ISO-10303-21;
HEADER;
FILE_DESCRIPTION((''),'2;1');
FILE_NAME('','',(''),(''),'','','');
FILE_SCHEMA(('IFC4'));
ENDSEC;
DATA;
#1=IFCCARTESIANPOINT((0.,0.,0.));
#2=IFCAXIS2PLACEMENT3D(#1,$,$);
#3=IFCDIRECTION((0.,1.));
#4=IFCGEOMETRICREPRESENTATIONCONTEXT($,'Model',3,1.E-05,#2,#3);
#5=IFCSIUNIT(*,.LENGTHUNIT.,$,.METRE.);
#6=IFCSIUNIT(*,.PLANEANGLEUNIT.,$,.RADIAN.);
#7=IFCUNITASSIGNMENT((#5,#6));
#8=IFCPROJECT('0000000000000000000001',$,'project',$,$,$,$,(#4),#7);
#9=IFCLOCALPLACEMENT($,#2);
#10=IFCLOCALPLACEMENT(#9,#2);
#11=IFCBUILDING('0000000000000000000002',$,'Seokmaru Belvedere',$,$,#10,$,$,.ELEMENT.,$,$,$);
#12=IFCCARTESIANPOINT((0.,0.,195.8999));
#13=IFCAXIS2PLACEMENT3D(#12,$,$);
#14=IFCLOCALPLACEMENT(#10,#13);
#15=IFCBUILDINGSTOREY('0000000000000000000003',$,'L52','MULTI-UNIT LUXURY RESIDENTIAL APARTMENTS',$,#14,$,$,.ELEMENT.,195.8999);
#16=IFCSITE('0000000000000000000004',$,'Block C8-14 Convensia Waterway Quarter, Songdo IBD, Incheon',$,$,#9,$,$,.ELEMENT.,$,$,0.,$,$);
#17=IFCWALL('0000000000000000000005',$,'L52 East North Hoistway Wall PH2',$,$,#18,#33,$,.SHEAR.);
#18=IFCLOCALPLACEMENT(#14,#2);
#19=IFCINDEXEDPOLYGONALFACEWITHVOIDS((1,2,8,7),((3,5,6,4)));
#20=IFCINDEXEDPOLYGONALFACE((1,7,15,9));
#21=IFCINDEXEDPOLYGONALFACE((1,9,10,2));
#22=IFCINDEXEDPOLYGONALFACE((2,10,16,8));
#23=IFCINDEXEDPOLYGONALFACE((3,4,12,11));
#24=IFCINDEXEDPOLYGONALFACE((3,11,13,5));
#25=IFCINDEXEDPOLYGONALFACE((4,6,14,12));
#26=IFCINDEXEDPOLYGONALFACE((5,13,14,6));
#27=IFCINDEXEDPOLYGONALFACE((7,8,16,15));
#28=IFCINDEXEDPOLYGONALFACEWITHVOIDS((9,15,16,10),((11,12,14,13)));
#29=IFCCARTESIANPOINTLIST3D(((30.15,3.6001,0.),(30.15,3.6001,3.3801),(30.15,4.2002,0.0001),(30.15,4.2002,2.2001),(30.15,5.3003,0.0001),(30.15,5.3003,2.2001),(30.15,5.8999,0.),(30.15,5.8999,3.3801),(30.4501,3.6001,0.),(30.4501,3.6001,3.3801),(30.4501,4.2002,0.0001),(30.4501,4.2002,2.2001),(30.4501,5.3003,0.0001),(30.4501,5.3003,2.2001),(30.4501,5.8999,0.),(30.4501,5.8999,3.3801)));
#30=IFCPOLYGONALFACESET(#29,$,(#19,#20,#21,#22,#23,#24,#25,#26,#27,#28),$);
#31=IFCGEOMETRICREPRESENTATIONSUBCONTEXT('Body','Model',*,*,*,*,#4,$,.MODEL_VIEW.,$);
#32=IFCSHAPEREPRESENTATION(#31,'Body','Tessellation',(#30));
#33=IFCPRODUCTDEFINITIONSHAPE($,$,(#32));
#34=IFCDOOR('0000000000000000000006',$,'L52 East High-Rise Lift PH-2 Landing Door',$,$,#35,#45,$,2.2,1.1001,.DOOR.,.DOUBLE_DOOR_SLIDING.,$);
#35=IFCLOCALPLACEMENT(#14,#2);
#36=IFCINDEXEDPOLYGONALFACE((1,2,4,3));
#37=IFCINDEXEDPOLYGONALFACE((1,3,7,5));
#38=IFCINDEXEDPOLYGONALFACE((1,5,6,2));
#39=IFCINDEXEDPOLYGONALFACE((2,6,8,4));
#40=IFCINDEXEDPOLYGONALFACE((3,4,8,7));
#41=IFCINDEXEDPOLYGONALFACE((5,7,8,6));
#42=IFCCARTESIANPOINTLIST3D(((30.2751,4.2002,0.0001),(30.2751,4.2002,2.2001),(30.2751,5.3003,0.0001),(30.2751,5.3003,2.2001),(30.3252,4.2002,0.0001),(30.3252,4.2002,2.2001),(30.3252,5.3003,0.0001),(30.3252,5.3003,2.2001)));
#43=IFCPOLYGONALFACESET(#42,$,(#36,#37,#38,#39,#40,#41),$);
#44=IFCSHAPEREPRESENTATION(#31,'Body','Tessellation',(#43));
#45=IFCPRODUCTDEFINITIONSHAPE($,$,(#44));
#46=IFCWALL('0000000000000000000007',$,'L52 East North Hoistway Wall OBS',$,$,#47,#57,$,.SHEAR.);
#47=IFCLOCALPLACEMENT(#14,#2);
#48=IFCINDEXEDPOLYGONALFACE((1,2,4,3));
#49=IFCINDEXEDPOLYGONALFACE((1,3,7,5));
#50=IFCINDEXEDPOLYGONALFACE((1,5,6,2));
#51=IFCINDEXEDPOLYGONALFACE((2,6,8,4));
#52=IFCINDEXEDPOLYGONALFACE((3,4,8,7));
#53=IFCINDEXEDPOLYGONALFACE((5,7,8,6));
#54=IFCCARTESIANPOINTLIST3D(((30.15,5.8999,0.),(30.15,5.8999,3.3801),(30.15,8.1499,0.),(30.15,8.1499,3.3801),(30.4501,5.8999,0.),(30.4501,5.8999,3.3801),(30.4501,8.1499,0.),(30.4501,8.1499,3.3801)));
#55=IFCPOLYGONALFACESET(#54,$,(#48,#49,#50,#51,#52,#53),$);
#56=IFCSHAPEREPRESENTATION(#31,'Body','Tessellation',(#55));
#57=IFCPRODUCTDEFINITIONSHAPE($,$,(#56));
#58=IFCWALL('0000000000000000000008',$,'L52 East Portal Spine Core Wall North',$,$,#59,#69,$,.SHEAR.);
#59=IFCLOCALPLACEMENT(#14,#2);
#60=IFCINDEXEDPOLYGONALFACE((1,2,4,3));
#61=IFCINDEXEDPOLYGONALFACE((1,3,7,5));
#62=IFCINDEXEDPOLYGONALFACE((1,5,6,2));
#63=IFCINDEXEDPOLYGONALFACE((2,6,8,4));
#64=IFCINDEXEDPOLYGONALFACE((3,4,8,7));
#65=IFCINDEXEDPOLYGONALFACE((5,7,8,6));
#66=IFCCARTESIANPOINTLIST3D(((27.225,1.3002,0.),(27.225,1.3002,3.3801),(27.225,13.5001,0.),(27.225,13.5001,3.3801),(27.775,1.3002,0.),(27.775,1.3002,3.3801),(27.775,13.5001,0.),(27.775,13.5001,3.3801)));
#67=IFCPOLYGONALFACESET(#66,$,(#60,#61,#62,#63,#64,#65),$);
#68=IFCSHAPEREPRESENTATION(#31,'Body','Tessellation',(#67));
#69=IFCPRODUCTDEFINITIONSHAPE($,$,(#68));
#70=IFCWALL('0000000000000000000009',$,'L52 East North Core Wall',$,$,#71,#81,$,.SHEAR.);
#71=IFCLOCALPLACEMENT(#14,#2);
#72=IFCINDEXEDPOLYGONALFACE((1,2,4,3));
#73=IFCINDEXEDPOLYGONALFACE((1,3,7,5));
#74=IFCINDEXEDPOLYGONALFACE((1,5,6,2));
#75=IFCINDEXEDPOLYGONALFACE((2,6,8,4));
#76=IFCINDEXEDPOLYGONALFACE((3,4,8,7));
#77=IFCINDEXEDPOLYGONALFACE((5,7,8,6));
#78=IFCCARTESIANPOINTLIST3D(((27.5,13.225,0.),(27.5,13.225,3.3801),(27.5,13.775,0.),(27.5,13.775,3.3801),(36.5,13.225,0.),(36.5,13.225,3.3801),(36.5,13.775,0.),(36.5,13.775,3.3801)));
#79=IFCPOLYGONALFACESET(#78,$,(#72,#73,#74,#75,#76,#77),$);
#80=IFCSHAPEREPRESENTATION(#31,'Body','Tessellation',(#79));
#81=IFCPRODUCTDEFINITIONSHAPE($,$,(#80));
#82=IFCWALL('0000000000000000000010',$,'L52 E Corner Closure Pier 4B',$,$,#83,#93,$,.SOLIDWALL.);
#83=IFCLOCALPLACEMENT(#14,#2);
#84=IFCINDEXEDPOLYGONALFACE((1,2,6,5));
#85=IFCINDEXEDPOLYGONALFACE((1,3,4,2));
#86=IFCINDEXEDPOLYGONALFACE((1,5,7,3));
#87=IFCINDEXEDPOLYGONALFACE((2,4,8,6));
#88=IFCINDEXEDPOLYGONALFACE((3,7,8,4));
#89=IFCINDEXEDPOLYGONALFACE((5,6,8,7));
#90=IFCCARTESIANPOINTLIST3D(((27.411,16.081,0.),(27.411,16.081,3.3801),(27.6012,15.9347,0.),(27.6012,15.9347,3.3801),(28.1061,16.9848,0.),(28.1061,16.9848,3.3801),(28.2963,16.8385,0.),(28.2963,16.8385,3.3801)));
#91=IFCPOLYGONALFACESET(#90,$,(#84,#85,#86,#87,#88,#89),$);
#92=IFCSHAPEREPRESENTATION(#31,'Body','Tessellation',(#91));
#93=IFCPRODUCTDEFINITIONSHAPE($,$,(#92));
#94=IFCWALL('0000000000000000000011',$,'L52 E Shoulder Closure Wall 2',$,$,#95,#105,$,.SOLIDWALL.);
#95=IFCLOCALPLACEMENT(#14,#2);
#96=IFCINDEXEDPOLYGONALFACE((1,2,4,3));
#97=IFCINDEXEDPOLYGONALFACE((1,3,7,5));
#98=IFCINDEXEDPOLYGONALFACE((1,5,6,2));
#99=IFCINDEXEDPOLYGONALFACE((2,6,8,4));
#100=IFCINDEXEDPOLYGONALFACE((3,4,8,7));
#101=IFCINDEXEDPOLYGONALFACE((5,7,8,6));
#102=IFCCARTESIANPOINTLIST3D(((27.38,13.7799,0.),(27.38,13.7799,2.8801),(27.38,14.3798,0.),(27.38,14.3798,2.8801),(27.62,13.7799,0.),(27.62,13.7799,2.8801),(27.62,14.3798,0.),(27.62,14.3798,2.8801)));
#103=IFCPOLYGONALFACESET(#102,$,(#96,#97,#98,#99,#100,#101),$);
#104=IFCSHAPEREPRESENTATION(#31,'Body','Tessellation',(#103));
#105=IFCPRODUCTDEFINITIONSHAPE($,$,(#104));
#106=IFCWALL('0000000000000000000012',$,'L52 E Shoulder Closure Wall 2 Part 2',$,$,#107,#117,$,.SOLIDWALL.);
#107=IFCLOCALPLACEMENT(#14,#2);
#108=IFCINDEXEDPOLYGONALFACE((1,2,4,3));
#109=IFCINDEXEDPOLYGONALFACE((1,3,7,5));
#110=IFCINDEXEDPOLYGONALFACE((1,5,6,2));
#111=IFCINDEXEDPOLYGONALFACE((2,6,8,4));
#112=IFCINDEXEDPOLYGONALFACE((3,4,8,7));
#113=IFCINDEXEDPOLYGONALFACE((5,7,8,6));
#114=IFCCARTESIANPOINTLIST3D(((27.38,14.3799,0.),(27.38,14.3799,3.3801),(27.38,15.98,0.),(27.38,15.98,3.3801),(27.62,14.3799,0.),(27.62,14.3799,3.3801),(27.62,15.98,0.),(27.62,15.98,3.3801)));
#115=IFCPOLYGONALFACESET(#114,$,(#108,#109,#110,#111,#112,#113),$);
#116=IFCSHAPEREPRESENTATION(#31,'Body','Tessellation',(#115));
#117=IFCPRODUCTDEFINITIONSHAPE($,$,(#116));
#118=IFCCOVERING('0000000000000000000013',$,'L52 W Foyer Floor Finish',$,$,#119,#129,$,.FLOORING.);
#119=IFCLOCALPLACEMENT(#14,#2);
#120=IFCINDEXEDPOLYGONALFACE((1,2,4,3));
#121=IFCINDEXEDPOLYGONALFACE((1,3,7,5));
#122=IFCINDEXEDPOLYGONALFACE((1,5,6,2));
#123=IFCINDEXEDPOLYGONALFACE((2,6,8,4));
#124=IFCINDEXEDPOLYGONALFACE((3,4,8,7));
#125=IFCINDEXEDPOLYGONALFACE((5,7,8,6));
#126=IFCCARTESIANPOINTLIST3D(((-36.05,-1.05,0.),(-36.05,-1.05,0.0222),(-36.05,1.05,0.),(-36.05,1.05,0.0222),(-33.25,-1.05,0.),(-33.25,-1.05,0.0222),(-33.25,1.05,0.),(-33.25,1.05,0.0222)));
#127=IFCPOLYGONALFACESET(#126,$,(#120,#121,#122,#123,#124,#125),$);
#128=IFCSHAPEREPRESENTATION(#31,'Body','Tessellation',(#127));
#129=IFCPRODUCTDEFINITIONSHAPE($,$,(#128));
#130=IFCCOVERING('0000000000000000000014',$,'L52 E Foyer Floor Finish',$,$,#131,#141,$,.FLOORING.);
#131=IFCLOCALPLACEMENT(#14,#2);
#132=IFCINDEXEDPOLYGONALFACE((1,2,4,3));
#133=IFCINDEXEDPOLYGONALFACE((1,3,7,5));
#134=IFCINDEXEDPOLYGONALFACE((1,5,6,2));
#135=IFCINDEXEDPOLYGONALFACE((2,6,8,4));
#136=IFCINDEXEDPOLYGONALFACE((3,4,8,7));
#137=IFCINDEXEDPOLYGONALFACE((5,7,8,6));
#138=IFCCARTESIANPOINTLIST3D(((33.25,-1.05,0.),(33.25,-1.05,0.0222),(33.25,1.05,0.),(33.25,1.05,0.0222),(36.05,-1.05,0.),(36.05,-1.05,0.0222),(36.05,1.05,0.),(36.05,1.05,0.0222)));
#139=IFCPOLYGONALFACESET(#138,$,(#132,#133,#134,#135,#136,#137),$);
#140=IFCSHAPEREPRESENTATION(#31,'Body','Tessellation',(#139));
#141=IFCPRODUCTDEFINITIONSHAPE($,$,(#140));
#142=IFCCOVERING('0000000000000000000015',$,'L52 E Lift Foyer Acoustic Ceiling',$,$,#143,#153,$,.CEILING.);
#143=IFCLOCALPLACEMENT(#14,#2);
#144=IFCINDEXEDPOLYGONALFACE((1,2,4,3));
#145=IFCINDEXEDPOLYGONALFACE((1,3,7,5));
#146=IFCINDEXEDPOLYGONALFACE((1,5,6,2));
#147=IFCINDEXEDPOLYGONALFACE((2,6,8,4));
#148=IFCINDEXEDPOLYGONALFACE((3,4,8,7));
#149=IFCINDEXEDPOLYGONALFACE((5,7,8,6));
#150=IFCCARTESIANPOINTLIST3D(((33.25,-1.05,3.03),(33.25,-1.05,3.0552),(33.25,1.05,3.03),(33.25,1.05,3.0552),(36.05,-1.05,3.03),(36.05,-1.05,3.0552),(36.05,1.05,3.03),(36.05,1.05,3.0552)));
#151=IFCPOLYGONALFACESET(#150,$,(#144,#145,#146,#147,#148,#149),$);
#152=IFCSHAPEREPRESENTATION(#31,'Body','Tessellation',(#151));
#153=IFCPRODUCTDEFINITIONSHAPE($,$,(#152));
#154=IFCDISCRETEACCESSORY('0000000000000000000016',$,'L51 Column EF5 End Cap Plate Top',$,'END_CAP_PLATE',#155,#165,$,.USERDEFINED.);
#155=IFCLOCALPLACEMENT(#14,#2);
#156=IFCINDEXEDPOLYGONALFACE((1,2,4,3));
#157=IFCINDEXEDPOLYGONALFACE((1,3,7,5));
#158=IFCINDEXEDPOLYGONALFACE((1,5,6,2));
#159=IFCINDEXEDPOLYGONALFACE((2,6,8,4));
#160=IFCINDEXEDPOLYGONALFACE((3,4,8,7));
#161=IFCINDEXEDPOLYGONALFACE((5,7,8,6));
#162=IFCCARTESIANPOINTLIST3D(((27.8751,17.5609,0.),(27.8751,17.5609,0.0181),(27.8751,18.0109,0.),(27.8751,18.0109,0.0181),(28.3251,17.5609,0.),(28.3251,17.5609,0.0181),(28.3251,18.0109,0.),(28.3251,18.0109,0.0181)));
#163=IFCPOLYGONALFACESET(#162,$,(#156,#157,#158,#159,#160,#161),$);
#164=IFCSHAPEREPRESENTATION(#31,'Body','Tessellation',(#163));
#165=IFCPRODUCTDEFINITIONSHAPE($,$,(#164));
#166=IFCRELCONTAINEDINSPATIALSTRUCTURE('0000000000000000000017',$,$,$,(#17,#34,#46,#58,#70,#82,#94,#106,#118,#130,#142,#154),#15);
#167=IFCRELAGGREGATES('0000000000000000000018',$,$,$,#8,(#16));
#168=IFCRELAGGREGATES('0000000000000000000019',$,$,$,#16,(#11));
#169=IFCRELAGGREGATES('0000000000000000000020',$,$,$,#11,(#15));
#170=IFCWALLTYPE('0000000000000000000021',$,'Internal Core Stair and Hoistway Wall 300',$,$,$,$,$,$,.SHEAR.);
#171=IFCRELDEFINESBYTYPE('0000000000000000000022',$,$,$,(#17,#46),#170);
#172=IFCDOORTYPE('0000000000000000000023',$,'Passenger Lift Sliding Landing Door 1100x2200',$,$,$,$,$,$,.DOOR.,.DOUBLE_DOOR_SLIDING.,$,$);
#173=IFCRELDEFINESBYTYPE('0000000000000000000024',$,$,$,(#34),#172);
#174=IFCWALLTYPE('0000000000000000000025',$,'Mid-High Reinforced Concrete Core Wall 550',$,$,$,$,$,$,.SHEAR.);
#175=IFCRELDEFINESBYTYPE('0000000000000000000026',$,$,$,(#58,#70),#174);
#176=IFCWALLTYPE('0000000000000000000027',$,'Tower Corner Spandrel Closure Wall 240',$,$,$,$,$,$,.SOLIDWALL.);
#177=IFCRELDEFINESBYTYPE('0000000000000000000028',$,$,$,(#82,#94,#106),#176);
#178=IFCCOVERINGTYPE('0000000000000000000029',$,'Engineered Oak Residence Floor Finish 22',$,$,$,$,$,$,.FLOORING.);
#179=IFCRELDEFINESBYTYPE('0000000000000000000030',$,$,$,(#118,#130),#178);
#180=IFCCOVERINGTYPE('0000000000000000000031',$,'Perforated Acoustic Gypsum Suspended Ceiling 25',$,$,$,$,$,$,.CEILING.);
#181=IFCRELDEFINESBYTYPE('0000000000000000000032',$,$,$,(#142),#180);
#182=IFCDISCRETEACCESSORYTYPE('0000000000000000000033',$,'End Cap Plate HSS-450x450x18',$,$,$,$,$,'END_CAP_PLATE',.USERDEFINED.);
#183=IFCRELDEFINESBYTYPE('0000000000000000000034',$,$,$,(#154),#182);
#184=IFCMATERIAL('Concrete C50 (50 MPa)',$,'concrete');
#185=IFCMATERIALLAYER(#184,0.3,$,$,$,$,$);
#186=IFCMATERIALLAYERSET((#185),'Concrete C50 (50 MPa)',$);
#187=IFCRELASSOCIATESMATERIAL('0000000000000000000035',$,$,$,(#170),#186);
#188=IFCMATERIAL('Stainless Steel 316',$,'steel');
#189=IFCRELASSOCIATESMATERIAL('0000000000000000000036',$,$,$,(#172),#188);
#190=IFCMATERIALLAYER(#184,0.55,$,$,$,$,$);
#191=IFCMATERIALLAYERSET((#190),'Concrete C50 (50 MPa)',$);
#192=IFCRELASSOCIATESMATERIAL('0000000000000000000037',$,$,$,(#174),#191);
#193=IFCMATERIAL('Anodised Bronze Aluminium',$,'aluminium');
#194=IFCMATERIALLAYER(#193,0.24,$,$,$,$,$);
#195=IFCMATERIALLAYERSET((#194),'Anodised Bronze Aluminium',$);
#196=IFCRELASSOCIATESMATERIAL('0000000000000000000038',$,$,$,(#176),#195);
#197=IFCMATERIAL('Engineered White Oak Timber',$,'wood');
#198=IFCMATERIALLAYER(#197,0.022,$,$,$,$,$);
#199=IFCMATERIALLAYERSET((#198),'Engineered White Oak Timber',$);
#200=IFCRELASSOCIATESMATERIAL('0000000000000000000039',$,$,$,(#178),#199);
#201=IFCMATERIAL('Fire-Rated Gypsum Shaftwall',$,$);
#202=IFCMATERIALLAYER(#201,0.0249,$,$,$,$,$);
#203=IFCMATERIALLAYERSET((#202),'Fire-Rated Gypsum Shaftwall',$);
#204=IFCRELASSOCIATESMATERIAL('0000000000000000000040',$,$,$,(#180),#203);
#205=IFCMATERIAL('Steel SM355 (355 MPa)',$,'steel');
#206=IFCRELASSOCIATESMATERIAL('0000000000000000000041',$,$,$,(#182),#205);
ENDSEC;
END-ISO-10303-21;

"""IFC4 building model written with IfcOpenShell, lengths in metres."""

from ifc_helpers import new_model, si_unit, direction, frame, frame_2d, origin, origin_2d, place, context, subcontext, project, spatial, polyline, rectangle, outline, extrude, source, transform, mapped, material, layer, layer_set, type_object, type_shapes, element, fill, save


model = new_model("IFC4")

# Units and contexts
model_context = context("Model", 3, precision=1e-05, world=origin(), true_north=direction((0.0, 1.0)))
body_context = subcontext(model_context, "Body", "Model", "MODEL_VIEW")
ifc_project = project(units=[si_unit("LENGTHUNIT", "METRE"), si_unit("PLANEANGLEUNIT", "RADIAN")], contexts=[model_context])

# Site, building, storey
site_placement = place(None, origin())
site = spatial("IfcSite", under=ifc_project, at=site_placement, Name="Block C8-14 Convensia Waterway Quarter, Songdo IBD, Incheon", CompositionType="ELEMENT", RefElevation=0.0)
building_placement = place(site_placement, origin())
building = spatial("IfcBuilding", under=site, at=building_placement, Name="Seokmaru Belvedere", CompositionType="ELEMENT")
storey_placement = place(building_placement, frame((0.0, 0.0, 195.8999)))
storey = spatial("IfcBuildingStorey", under=building, at=storey_placement, Name="L52", Description="MULTI-UNIT LUXURY RESIDENTIAL APARTMENTS", CompositionType="ELEMENT", Elevation=195.8999)

# Shared definitions
ifc_material_1 = material(Name="Steel SM355 (355 MPa)", Category="steel")

# Shared definitions
ifc_material_2 = material(Name="Anodised Bronze Aluminium", Category="aluminium")

# Shared definitions
ifc_material_3 = material(Name="Concrete C50 (50 MPa)", Category="concrete")
ifc_material_4 = material(Name="Fire-Rated Gypsum Shaftwall")

# Wall, opening, door
ifc_layer_1 = layer(ifc_material_3, 0.3)
ifc_layer_set_1 = layer_set([ifc_layer_1], Name="Concrete C50 (50 MPa)")
wall_type_1 = type_object("IfcWallType", Name="Internal Core Stair and Hoistway Wall 300", PredefinedType="SHEAR", material=ifc_layer_set_1)
ifc_material_5 = material(Name="Stainless Steel 316", Category="steel")
door_type_1 = type_object("IfcDoorType", Name="Passenger Lift Sliding Landing Door 1100x2200", OperationType="DOUBLE_DOOR_SLIDING", PredefinedType="DOOR", material=ifc_material_5)
shared_shape_1 = source(origin(), body_context, "Body", "SweptSolid", [
    extrude(rectangle(XDim=1.1001, YDim=2.2, at=frame_2d((0.55, 1.1001))), frame((0.0, 0.0249, 0.0), z_axis=(0.0, -1.0, 0.0), x_axis=(1.0, 0.0, 0.0)), (0.0, 0.0, 1.0), 0.05),
])
type_shapes(door_type_1, [shared_shape_1])
wall_1_placement = place(storey_placement, frame((30.3, 3.6001, 0.0), z_axis=(0.0, 0.0, 1.0), x_axis=(0.0, 1.0, 0.0)))
wall_1 = element("IfcWall", 1, at=wall_1_placement, inside=storey, type_object=wall_type_1, Name="L52 East North Hoistway Wall PH2", PredefinedType="SHEAR", context=body_context, shape_type="SweptSolid", body=[
    extrude(rectangle(XDim=2.2998, YDim=0.3, at=frame_2d((1.1499, 0.0))), origin(), (0.0, 0.0, 1.0), 3.3801),
])
opening_1_placement = place(wall_1_placement, frame((0.6001, 0.0, 0.0)))
opening_1 = element("IfcOpeningElement", 2, at=opening_1_placement, cuts=wall_1, PredefinedType="OPENING", context=body_context, shape_type="SweptSolid", body=[
    extrude(rectangle(XDim=1.1001, YDim=2.2, at=frame_2d((0.55, 1.1001))), frame((0.0, 0.1602, 0.0), z_axis=(0.0, -1.0, 0.0), x_axis=(1.0, 0.0, 0.0)), (0.0, 0.0, 1.0), 0.3201),
])
door_1_placement = place(opening_1_placement, origin())
door_1 = element("IfcDoor", 3, at=door_1_placement, inside=storey, type_object=door_type_1, Name="L52 East High-Rise Lift PH-2 Landing Door", OperationType="DOUBLE_DOOR_SLIDING", OverallHeight=2.2, OverallWidth=1.1001, PredefinedType="DOOR", context=body_context, shape_type="MappedRepresentation", body=[
    mapped(shared_shape_1, transform((0.0, 0.0, 0.0), scale=1.0)),
])
fill(opening_1, door_1)

# Wall
wall_2_placement = place(storey_placement, frame((30.3, 5.8999, 0.0), z_axis=(0.0, 0.0, 1.0), x_axis=(0.0, 1.0, 0.0)))
element("IfcWall", 4, at=wall_2_placement, inside=storey, type_object=wall_type_1, Name="L52 East North Hoistway Wall OBS", PredefinedType="SHEAR", context=body_context, shape_type="SweptSolid", body=[
    extrude(rectangle(XDim=2.25, YDim=0.3, at=frame_2d((1.125, 0.0))), origin(), (0.0, 0.0, 1.0), 3.3801),
])

# Walls
ifc_layer_2 = layer(ifc_material_3, 0.55)
ifc_layer_set_2 = layer_set([ifc_layer_2], Name="Concrete C50 (50 MPa)")
wall_type_2 = type_object("IfcWallType", Name="Mid-High Reinforced Concrete Core Wall 550", PredefinedType="SHEAR", material=ifc_layer_set_2)
wall_3_placement = place(storey_placement, frame((27.5, 1.3, 0.0), z_axis=(0.0, 0.0, 1.0), x_axis=(0.0, 1.0, 0.0)))
element("IfcWall", 5, at=wall_3_placement, inside=storey, type_object=wall_type_2, Name="L52 East Portal Spine Core Wall North", PredefinedType="SHEAR", context=body_context, shape_type="SweptSolid", body=[
    extrude(rectangle(XDim=12.2, YDim=0.55, at=frame_2d((6.1001, 0.0))), origin(), (0.0, 0.0, 1.0), 3.3801),
])
wall_4_placement = place(storey_placement, frame((27.5, 13.5, 0.0), z_axis=(0.0, 0.0, 1.0), x_axis=(1.0, 0.0, 0.0)))
element("IfcWall", 6, at=wall_4_placement, inside=storey, type_object=wall_type_2, Name="L52 East North Core Wall", PredefinedType="SHEAR", context=body_context, shape_type="SweptSolid", body=[
    extrude(rectangle(XDim=9.0, YDim=0.55, at=frame_2d((4.5, 0.0))), origin(), (0.0, 0.0, 1.0), 3.3801),
])
ifc_layer_3 = layer(ifc_material_2, 0.24)
ifc_layer_set_3 = layer_set([ifc_layer_3], Name="Anodised Bronze Aluminium")
wall_type_3 = type_object("IfcWallType", Name="Tower Corner Spandrel Closure Wall 240", PredefinedType="SOLIDWALL", material=ifc_layer_set_3)
wall_5_placement = place(storey_placement, frame((28.2012, 16.9116, 0.0), z_axis=(0.0, 0.0, 1.0), x_axis=(-0.609618, -0.792696, 0.0)))
element("IfcWall", 7, at=wall_5_placement, inside=storey, type_object=wall_type_3, Name="L52 E Corner Closure Pier 4B", PredefinedType="SOLIDWALL", context=body_context, shape_type="SweptSolid", body=[
    extrude(rectangle(XDim=1.1401, YDim=0.24, at=frame_2d((0.5701, 0.0))), origin(), (0.0, 0.0, 1.0), 3.3801),
])
wall_6_placement = place(storey_placement, frame((27.5, 13.78, 0.0), z_axis=(0.0, 0.0, 1.0), x_axis=(0.0, 1.0, 0.0)))
element("IfcWall", 8, at=wall_6_placement, inside=storey, type_object=wall_type_3, Name="L52 E Shoulder Closure Wall 2", PredefinedType="SOLIDWALL", context=body_context, shape_type="SweptSolid", body=[
    extrude(rectangle(XDim=0.5999, YDim=0.24, at=frame_2d((0.2998, 0.0))), origin(), (0.0, 0.0, 1.0), 2.8801),
])
wall_7_placement = place(storey_placement, frame((27.5, 14.3799, 0.0), z_axis=(0.0, 0.0, 1.0), x_axis=(0.0, 1.0, 0.0)))
element("IfcWall", 9, at=wall_7_placement, inside=storey, type_object=wall_type_3, Name="L52 E Shoulder Closure Wall 2 Part 2", PredefinedType="SOLIDWALL", context=body_context, shape_type="SweptSolid", body=[
    extrude(rectangle(XDim=1.6001, YDim=0.24, at=frame_2d((0.8, 0.0))), origin(), (0.0, 0.0, 1.0), 3.3801),
])

# Coverings
ifc_material_6 = material(Name="Engineered White Oak Timber", Category="wood")
ifc_layer_4 = layer(ifc_material_6, 0.022)
ifc_layer_set_4 = layer_set([ifc_layer_4], Name="Engineered White Oak Timber")
covering_type_1 = type_object("IfcCoveringType", Name="Engineered Oak Residence Floor Finish 22", PredefinedType="FLOORING", material=ifc_layer_set_4)
covering_1_placement = place(storey_placement, origin())
element("IfcCovering", 10, at=covering_1_placement, inside=storey, type_object=covering_type_1, Name="L52 W Foyer Floor Finish", PredefinedType="FLOORING", context=body_context, shape_type="SweptSolid", body=[
    extrude(outline(polyline([(-36.05, -1.05), (-33.25, -1.05), (-33.25, 1.05), (-36.05, 1.05), (-36.05, -1.05)])), origin(), (0.0, 0.0, 1.0), 0.0222),
])
covering_2_placement = place(storey_placement, origin())
element("IfcCovering", 11, at=covering_2_placement, inside=storey, type_object=covering_type_1, Name="L52 E Foyer Floor Finish", PredefinedType="FLOORING", context=body_context, shape_type="SweptSolid", body=[
    extrude(outline(polyline([(33.25, -1.05), (36.05, -1.05), (36.05, 1.05), (33.25, 1.05), (33.25, -1.05)])), origin(), (0.0, 0.0, 1.0), 0.0222),
])
ifc_layer_5 = layer(ifc_material_4, 0.0249)
ifc_layer_set_5 = layer_set([ifc_layer_5], Name="Fire-Rated Gypsum Shaftwall")
covering_type_2 = type_object("IfcCoveringType", Name="Perforated Acoustic Gypsum Suspended Ceiling 25", PredefinedType="CEILING", material=ifc_layer_set_5)
covering_3_placement = place(storey_placement, frame((0.0, 0.0, 3.03)))
element("IfcCovering", 12, at=covering_3_placement, inside=storey, type_object=covering_type_2, Name="L52 E Lift Foyer Acoustic Ceiling", PredefinedType="CEILING", context=body_context, shape_type="SweptSolid", body=[
    extrude(outline(polyline([(33.25, -1.05), (36.05, -1.05), (36.05, 1.05), (33.25, 1.05), (33.25, -1.05)])), origin(), (0.0, 0.0, 1.0), 0.0251),
])

# Discrete accessory
discrete_accessory_type = type_object("IfcDiscreteAccessoryType", Name="End Cap Plate HSS-450x450x18", ElementType="END_CAP_PLATE", PredefinedType="USERDEFINED", material=ifc_material_1)
shared_shape_2 = source(origin(), body_context, "Body", "SweptSolid", [
    extrude(rectangle(XDim=0.45, YDim=0.45, at=origin_2d()), origin(), (0.0, 0.0, 1.0), 0.0181),
])
type_shapes(discrete_accessory_type, [shared_shape_2])
discrete_accessory_placement = place(storey_placement, frame((28.1001, 17.7859, 0.0), z_axis=(0.0, 0.0, 1.0), x_axis=(1.0, 0.0, 0.0)))
element("IfcDiscreteAccessory", 13, at=discrete_accessory_placement, inside=storey, type_object=discrete_accessory_type, Name="L51 Column EF5 End Cap Plate Top", ObjectType="END_CAP_PLATE", PredefinedType="USERDEFINED", context=body_context, shape_type="MappedRepresentation", body=[
    mapped(shared_shape_2, transform((0.0, 0.0, 0.0), scale=1.0)),
])

save(model, "model.ifc")
